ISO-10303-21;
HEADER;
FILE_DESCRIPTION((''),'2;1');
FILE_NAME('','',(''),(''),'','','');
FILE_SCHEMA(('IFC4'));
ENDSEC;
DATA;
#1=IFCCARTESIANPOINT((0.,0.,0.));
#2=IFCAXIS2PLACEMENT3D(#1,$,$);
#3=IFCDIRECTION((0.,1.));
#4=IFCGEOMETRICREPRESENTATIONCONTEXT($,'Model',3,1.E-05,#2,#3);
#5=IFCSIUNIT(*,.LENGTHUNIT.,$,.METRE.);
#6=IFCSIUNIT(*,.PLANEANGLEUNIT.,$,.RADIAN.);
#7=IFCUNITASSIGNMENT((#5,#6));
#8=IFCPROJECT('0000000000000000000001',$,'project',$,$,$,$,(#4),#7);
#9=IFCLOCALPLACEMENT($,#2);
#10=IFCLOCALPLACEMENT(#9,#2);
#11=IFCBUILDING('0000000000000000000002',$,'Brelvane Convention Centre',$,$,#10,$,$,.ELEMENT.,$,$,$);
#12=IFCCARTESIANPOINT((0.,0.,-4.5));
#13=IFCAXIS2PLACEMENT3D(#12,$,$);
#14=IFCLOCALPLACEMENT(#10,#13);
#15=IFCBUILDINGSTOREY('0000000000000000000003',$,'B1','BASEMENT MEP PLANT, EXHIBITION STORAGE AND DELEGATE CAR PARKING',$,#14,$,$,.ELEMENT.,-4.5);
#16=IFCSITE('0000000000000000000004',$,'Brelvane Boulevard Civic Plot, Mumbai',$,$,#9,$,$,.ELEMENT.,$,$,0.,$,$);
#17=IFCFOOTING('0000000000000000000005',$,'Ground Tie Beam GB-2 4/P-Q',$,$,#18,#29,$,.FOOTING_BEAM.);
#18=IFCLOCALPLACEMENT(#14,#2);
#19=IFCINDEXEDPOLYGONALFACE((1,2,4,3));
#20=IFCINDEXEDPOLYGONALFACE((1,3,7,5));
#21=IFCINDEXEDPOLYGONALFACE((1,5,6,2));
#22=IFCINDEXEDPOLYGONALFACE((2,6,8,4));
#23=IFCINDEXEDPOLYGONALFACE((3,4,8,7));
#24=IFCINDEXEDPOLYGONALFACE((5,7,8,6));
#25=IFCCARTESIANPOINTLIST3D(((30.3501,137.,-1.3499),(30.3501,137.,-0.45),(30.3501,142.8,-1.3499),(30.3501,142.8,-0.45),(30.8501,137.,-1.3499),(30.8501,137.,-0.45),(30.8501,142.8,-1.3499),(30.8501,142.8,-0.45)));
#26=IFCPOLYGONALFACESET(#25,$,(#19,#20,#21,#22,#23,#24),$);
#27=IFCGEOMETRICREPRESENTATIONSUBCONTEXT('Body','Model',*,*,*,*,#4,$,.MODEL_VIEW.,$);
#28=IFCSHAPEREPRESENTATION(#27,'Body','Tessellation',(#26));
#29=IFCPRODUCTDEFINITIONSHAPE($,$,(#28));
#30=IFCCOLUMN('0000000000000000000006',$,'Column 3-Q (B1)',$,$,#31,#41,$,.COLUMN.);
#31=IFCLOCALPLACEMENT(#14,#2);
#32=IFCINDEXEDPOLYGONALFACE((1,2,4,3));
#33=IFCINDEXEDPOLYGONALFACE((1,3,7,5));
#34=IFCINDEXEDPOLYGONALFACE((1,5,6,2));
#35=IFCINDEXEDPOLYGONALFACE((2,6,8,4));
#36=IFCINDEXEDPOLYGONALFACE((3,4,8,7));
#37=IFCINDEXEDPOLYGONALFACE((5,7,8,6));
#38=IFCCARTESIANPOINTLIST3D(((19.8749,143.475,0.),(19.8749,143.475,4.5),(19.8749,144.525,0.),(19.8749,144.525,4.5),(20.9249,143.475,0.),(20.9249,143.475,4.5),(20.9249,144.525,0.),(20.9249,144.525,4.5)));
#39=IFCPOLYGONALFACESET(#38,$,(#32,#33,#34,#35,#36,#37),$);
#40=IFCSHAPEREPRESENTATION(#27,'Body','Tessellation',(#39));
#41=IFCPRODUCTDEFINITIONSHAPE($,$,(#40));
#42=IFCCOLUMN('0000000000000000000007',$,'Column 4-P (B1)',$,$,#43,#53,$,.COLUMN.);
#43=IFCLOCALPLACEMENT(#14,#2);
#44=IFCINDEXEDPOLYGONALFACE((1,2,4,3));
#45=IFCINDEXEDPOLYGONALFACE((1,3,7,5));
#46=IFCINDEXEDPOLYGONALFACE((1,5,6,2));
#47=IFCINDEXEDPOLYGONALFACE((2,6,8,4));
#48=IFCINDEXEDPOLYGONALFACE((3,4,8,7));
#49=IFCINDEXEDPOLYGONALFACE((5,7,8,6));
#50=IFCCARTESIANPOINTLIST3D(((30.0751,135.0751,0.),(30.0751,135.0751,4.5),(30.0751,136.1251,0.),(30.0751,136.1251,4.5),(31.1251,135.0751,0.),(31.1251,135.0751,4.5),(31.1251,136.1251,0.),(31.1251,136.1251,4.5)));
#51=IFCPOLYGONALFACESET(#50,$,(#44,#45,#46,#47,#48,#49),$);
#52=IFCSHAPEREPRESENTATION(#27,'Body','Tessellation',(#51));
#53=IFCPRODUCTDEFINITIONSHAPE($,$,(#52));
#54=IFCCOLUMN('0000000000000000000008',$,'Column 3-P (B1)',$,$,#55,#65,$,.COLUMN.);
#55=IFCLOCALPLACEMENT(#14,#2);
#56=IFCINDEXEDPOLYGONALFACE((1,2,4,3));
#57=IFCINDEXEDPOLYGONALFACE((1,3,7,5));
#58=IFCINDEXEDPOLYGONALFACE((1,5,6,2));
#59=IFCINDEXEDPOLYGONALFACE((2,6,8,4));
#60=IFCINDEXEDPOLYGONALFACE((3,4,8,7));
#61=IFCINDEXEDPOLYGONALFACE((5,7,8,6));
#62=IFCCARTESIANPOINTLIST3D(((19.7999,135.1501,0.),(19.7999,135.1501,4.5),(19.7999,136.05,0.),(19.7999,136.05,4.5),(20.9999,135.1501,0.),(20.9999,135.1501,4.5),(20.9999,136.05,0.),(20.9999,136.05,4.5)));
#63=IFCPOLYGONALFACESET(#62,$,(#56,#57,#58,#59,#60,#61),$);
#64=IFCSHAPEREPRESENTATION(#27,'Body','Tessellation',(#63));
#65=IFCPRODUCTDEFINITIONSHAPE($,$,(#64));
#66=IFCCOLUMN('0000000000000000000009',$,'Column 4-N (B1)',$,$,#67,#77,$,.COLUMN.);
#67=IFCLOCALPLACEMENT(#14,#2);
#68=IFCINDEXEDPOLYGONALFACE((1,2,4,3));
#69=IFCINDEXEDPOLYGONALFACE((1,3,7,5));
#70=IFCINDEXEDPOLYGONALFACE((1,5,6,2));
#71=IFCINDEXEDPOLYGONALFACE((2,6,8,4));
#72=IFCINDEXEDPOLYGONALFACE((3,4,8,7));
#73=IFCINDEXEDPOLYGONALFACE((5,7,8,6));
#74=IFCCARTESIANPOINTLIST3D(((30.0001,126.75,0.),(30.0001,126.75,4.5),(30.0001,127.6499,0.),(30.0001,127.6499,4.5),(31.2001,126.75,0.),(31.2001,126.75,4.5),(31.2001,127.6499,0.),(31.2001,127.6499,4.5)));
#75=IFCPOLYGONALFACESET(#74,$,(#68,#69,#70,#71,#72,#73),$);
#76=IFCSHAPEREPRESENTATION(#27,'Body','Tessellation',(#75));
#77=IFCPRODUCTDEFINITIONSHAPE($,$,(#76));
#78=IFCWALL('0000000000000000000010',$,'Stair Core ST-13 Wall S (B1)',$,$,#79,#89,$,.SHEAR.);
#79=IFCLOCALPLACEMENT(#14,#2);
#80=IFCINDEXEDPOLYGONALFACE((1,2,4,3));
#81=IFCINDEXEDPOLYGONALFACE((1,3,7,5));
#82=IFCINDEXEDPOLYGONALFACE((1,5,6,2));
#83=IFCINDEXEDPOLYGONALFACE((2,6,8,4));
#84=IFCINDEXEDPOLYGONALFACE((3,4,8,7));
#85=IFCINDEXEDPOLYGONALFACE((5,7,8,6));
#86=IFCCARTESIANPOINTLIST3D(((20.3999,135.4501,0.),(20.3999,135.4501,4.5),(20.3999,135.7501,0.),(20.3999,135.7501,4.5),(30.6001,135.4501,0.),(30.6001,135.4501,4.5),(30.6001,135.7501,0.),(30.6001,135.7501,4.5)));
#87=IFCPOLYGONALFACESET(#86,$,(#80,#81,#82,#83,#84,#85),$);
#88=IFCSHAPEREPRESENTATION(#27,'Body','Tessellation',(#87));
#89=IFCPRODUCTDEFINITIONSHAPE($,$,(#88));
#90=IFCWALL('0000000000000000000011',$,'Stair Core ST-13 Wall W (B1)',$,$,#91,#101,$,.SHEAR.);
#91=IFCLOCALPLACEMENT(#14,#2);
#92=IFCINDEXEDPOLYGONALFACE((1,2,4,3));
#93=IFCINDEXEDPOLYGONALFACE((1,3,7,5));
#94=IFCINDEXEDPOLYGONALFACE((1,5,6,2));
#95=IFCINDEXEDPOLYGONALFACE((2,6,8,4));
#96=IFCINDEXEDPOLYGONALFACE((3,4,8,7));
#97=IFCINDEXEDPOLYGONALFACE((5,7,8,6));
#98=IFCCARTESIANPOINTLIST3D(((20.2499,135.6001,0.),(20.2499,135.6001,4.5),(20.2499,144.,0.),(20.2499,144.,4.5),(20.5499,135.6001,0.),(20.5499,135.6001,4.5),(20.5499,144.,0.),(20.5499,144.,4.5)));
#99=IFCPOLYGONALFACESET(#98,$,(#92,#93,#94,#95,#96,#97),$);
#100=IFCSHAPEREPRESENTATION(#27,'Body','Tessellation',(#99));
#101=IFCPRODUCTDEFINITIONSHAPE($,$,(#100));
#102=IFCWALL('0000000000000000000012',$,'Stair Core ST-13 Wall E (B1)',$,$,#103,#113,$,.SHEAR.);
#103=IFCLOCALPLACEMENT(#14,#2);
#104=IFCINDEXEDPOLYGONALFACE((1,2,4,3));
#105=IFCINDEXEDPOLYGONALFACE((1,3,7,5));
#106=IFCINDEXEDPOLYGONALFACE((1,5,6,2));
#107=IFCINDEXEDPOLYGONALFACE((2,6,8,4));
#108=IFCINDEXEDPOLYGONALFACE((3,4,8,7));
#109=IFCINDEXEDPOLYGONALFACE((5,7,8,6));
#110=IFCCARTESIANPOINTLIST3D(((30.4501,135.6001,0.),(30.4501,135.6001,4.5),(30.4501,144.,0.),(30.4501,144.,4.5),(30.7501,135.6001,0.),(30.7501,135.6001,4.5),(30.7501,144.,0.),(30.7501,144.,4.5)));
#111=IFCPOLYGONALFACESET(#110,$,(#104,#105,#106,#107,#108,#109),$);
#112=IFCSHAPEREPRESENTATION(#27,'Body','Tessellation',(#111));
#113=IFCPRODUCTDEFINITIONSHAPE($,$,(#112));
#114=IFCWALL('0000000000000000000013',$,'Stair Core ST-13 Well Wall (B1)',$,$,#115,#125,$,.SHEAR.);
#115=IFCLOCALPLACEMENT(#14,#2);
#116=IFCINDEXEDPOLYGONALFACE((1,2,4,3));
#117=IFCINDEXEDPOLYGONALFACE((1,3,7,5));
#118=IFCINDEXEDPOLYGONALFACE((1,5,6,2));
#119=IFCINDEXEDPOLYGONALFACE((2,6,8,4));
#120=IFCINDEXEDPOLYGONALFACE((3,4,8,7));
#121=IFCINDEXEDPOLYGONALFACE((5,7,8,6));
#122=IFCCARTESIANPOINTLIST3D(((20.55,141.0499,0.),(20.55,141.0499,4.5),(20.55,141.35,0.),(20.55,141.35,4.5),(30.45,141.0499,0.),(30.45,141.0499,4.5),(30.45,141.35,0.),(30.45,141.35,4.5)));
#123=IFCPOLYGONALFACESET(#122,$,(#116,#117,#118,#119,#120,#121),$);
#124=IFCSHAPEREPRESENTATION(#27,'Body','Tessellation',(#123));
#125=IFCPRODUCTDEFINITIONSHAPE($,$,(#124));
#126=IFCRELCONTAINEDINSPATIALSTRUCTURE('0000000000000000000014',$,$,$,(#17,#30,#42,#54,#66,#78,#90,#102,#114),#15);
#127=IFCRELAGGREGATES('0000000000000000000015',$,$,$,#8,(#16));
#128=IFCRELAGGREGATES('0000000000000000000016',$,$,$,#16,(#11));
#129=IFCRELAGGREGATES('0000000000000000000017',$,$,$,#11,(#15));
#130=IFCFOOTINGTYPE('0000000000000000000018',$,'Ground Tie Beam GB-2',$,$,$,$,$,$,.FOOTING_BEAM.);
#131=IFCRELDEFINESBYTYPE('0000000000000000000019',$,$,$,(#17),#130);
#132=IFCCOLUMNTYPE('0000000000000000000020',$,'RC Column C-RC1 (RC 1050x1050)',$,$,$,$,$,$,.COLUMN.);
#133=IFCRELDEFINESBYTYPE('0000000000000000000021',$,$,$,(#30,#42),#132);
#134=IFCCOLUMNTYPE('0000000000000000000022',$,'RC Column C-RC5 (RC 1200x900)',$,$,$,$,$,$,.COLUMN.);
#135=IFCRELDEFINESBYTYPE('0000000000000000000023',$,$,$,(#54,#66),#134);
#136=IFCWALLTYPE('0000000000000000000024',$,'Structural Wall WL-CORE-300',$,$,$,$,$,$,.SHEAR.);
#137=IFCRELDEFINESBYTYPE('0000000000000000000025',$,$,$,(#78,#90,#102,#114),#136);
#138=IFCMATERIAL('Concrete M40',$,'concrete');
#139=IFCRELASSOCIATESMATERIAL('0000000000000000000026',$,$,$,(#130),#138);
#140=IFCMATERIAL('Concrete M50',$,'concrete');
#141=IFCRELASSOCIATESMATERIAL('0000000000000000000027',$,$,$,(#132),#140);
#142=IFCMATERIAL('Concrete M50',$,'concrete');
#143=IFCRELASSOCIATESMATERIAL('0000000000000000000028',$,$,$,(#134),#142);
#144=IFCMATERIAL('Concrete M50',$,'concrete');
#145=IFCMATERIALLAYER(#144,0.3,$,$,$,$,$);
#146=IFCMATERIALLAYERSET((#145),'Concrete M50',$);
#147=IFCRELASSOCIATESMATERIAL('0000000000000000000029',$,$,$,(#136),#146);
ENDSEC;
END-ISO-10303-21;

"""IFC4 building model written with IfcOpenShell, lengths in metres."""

from ifc_helpers import new_model, si_unit, direction, frame, frame_2d, origin, origin_2d, place, context, subcontext, project, spatial, rectangle, extrude, material, layer, layer_set, material_profile, profile_set, type_object, element, save


model = new_model("IFC4")

# Units and contexts
model_context = context("Model", 3, precision=1e-05, world=origin(), true_north=direction((0.0, 1.0)))
body_context = subcontext(model_context, "Body", "Model", "MODEL_VIEW")
ifc_project = project(units=[si_unit("LENGTHUNIT", "METRE"), si_unit("PLANEANGLEUNIT", "RADIAN")], contexts=[model_context])

# Site, building, storey
site_placement = place(None, origin())
site = spatial("IfcSite", under=ifc_project, at=site_placement, Name="Brelvane Boulevard Civic Plot, Mumbai", CompositionType="ELEMENT", RefElevation=0.0)
building_placement = place(site_placement, origin())
building = spatial("IfcBuilding", under=site, at=building_placement, Name="Brelvane Convention Centre", CompositionType="ELEMENT")
storey_placement = place(building_placement, frame((0.0, 0.0, -4.5)))
storey = spatial("IfcBuildingStorey", under=building, at=storey_placement, Name="B1", Description="BASEMENT MEP PLANT, EXHIBITION STORAGE AND DELEGATE CAR PARKING", CompositionType="ELEMENT", Elevation=-4.5)

# Footing
ifc_material_1 = material(Name="Concrete M40", Category="concrete")
ifc_material_profile_1 = material_profile(ifc_material_1, rectangle(XDim=0.5, YDim=0.8999, at=origin_2d()), Name="RC 500x900")
ifc_profile_set_1 = profile_set([ifc_material_profile_1], Name="Concrete M40")
footing_type_1 = type_object("IfcFootingType", Name="Ground Tie Beam GB-2", PredefinedType="FOOTING_BEAM", material=ifc_profile_set_1)
footing_1_placement = place(storey_placement, frame((30.6001, 137.0, -0.8999), z_axis=(0.0, 1.0, 0.0), x_axis=(-1.0, 0.0, 0.0)))
element("IfcFooting", 1, at=footing_1_placement, inside=storey, type_object=footing_type_1, Name="Ground Tie Beam GB-2 4/P-Q", PredefinedType="FOOTING_BEAM", context=body_context, shape_type="SweptSolid", body=[
    extrude(rectangle(XDim=0.5, YDim=0.8999, at=origin_2d()), origin(), (0.0, 0.0, 1.0), 5.8),
])

# Columns
ifc_material_2 = material(Name="Concrete M50", Category="concrete")
ifc_material_profile_2 = material_profile(ifc_material_2, rectangle(XDim=1.05, YDim=1.05, at=origin_2d()), Name="RC 1050x1050")
ifc_profile_set_2 = profile_set([ifc_material_profile_2], Name="Concrete M50")
column_type_1 = type_object("IfcColumnType", Name="RC Column C-RC1 (RC 1050x1050)", PredefinedType="COLUMN", material=ifc_profile_set_2)
for number, where, z_axis, x_axis, name in (
    (2, (20.3999, 144.0, 0.0), (0.0, 0.0, 1.0), (1.0, 0.0, 0.0), "Column 3-Q (B1)"),
    (3, (30.6001, 135.6001, 0.0), (0.0, 0.0, 1.0), (1.0, 0.0, 0.0), "Column 4-P (B1)"),
):
    element("IfcColumn", number, at=place(storey_placement, frame(where, z_axis=z_axis, x_axis=x_axis)), inside=storey, type_object=column_type_1, Name=name, PredefinedType="COLUMN", context=body_context, shape_type="SweptSolid", body=[
        extrude(rectangle(XDim=1.05, YDim=1.05, at=origin_2d()), origin(), (0.0, 0.0, 1.0), 4.5),
    ])
ifc_material_3 = material(Name="Concrete M50", Category="concrete")
ifc_material_profile_3 = material_profile(ifc_material_3, rectangle(XDim=1.2, YDim=0.8999, at=origin_2d()), Name="RC 1200x900")
ifc_profile_set_3 = profile_set([ifc_material_profile_3], Name="Concrete M50")
column_type_2 = type_object("IfcColumnType", Name="RC Column C-RC5 (RC 1200x900)", PredefinedType="COLUMN", material=ifc_profile_set_3)
for number, where, z_axis, x_axis, name in (
    (4, (20.3999, 135.6001, 0.0), (0.0, 0.0, 1.0), (1.0, 0.0, 0.0), "Column 3-P (B1)"),
    (5, (30.6001, 127.2, 0.0), (0.0, 0.0, 1.0), (1.0, 0.0, 0.0), "Column 4-N (B1)"),
):
    element("IfcColumn", number, at=place(storey_placement, frame(where, z_axis=z_axis, x_axis=x_axis)), inside=storey, type_object=column_type_2, Name=name, PredefinedType="COLUMN", context=body_context, shape_type="SweptSolid", body=[
        extrude(rectangle(XDim=1.2, YDim=0.8999, at=origin_2d()), origin(), (0.0, 0.0, 1.0), 4.5),
    ])

# Walls
ifc_material_4 = material(Name="Concrete M50", Category="concrete")
ifc_layer = layer(ifc_material_4, 0.3)
ifc_layer_set = layer_set([ifc_layer], Name="Concrete M50")
wall_type = type_object("IfcWallType", Name="Structural Wall WL-CORE-300", PredefinedType="SHEAR", material=ifc_layer_set)
wall_1_placement = place(storey_placement, frame((20.3999, 135.6001, 0.0), z_axis=(0.0, 0.0, 1.0), x_axis=(1.0, 0.0, 0.0)))
element("IfcWall", 6, at=wall_1_placement, inside=storey, type_object=wall_type, Name="Stair Core ST-13 Wall S (B1)", PredefinedType="SHEAR", context=body_context, shape_type="SweptSolid", body=[
    extrude(rectangle(XDim=10.2002, YDim=0.3, at=frame_2d((5.1001, 0.0))), origin(), (0.0, 0.0, 1.0), 4.5),
])
for number, where, z_axis, x_axis, name in (
    (7, (20.3999, 135.6001, 0.0), (0.0, 0.0, 1.0), (0.0, 1.0, 0.0), "Stair Core ST-13 Wall W (B1)"),
    (8, (30.6001, 135.6001, 0.0), (0.0, 0.0, 1.0), (0.0, 1.0, 0.0), "Stair Core ST-13 Wall E (B1)"),
):
    element("IfcWall", number, at=place(storey_placement, frame(where, z_axis=z_axis, x_axis=x_axis)), inside=storey, type_object=wall_type, Name=name, PredefinedType="SHEAR", context=body_context, shape_type="SweptSolid", body=[
        extrude(rectangle(XDim=8.3999, YDim=0.3, at=frame_2d((4.2, 0.0))), origin(), (0.0, 0.0, 1.0), 4.5),
    ])
wall_2_placement = place(storey_placement, frame((20.55, 141.2, 0.0), z_axis=(0.0, 0.0, 1.0), x_axis=(1.0, 0.0, 0.0)))
element("IfcWall", 9, at=wall_2_placement, inside=storey, type_object=wall_type, Name="Stair Core ST-13 Well Wall (B1)", PredefinedType="SHEAR", context=body_context, shape_type="SweptSolid", body=[
    extrude(rectangle(XDim=9.8999, YDim=0.3, at=frame_2d((4.95, 0.0))), origin(), (0.0, 0.0, 1.0), 4.5),
])

save(model, "model.ifc")
